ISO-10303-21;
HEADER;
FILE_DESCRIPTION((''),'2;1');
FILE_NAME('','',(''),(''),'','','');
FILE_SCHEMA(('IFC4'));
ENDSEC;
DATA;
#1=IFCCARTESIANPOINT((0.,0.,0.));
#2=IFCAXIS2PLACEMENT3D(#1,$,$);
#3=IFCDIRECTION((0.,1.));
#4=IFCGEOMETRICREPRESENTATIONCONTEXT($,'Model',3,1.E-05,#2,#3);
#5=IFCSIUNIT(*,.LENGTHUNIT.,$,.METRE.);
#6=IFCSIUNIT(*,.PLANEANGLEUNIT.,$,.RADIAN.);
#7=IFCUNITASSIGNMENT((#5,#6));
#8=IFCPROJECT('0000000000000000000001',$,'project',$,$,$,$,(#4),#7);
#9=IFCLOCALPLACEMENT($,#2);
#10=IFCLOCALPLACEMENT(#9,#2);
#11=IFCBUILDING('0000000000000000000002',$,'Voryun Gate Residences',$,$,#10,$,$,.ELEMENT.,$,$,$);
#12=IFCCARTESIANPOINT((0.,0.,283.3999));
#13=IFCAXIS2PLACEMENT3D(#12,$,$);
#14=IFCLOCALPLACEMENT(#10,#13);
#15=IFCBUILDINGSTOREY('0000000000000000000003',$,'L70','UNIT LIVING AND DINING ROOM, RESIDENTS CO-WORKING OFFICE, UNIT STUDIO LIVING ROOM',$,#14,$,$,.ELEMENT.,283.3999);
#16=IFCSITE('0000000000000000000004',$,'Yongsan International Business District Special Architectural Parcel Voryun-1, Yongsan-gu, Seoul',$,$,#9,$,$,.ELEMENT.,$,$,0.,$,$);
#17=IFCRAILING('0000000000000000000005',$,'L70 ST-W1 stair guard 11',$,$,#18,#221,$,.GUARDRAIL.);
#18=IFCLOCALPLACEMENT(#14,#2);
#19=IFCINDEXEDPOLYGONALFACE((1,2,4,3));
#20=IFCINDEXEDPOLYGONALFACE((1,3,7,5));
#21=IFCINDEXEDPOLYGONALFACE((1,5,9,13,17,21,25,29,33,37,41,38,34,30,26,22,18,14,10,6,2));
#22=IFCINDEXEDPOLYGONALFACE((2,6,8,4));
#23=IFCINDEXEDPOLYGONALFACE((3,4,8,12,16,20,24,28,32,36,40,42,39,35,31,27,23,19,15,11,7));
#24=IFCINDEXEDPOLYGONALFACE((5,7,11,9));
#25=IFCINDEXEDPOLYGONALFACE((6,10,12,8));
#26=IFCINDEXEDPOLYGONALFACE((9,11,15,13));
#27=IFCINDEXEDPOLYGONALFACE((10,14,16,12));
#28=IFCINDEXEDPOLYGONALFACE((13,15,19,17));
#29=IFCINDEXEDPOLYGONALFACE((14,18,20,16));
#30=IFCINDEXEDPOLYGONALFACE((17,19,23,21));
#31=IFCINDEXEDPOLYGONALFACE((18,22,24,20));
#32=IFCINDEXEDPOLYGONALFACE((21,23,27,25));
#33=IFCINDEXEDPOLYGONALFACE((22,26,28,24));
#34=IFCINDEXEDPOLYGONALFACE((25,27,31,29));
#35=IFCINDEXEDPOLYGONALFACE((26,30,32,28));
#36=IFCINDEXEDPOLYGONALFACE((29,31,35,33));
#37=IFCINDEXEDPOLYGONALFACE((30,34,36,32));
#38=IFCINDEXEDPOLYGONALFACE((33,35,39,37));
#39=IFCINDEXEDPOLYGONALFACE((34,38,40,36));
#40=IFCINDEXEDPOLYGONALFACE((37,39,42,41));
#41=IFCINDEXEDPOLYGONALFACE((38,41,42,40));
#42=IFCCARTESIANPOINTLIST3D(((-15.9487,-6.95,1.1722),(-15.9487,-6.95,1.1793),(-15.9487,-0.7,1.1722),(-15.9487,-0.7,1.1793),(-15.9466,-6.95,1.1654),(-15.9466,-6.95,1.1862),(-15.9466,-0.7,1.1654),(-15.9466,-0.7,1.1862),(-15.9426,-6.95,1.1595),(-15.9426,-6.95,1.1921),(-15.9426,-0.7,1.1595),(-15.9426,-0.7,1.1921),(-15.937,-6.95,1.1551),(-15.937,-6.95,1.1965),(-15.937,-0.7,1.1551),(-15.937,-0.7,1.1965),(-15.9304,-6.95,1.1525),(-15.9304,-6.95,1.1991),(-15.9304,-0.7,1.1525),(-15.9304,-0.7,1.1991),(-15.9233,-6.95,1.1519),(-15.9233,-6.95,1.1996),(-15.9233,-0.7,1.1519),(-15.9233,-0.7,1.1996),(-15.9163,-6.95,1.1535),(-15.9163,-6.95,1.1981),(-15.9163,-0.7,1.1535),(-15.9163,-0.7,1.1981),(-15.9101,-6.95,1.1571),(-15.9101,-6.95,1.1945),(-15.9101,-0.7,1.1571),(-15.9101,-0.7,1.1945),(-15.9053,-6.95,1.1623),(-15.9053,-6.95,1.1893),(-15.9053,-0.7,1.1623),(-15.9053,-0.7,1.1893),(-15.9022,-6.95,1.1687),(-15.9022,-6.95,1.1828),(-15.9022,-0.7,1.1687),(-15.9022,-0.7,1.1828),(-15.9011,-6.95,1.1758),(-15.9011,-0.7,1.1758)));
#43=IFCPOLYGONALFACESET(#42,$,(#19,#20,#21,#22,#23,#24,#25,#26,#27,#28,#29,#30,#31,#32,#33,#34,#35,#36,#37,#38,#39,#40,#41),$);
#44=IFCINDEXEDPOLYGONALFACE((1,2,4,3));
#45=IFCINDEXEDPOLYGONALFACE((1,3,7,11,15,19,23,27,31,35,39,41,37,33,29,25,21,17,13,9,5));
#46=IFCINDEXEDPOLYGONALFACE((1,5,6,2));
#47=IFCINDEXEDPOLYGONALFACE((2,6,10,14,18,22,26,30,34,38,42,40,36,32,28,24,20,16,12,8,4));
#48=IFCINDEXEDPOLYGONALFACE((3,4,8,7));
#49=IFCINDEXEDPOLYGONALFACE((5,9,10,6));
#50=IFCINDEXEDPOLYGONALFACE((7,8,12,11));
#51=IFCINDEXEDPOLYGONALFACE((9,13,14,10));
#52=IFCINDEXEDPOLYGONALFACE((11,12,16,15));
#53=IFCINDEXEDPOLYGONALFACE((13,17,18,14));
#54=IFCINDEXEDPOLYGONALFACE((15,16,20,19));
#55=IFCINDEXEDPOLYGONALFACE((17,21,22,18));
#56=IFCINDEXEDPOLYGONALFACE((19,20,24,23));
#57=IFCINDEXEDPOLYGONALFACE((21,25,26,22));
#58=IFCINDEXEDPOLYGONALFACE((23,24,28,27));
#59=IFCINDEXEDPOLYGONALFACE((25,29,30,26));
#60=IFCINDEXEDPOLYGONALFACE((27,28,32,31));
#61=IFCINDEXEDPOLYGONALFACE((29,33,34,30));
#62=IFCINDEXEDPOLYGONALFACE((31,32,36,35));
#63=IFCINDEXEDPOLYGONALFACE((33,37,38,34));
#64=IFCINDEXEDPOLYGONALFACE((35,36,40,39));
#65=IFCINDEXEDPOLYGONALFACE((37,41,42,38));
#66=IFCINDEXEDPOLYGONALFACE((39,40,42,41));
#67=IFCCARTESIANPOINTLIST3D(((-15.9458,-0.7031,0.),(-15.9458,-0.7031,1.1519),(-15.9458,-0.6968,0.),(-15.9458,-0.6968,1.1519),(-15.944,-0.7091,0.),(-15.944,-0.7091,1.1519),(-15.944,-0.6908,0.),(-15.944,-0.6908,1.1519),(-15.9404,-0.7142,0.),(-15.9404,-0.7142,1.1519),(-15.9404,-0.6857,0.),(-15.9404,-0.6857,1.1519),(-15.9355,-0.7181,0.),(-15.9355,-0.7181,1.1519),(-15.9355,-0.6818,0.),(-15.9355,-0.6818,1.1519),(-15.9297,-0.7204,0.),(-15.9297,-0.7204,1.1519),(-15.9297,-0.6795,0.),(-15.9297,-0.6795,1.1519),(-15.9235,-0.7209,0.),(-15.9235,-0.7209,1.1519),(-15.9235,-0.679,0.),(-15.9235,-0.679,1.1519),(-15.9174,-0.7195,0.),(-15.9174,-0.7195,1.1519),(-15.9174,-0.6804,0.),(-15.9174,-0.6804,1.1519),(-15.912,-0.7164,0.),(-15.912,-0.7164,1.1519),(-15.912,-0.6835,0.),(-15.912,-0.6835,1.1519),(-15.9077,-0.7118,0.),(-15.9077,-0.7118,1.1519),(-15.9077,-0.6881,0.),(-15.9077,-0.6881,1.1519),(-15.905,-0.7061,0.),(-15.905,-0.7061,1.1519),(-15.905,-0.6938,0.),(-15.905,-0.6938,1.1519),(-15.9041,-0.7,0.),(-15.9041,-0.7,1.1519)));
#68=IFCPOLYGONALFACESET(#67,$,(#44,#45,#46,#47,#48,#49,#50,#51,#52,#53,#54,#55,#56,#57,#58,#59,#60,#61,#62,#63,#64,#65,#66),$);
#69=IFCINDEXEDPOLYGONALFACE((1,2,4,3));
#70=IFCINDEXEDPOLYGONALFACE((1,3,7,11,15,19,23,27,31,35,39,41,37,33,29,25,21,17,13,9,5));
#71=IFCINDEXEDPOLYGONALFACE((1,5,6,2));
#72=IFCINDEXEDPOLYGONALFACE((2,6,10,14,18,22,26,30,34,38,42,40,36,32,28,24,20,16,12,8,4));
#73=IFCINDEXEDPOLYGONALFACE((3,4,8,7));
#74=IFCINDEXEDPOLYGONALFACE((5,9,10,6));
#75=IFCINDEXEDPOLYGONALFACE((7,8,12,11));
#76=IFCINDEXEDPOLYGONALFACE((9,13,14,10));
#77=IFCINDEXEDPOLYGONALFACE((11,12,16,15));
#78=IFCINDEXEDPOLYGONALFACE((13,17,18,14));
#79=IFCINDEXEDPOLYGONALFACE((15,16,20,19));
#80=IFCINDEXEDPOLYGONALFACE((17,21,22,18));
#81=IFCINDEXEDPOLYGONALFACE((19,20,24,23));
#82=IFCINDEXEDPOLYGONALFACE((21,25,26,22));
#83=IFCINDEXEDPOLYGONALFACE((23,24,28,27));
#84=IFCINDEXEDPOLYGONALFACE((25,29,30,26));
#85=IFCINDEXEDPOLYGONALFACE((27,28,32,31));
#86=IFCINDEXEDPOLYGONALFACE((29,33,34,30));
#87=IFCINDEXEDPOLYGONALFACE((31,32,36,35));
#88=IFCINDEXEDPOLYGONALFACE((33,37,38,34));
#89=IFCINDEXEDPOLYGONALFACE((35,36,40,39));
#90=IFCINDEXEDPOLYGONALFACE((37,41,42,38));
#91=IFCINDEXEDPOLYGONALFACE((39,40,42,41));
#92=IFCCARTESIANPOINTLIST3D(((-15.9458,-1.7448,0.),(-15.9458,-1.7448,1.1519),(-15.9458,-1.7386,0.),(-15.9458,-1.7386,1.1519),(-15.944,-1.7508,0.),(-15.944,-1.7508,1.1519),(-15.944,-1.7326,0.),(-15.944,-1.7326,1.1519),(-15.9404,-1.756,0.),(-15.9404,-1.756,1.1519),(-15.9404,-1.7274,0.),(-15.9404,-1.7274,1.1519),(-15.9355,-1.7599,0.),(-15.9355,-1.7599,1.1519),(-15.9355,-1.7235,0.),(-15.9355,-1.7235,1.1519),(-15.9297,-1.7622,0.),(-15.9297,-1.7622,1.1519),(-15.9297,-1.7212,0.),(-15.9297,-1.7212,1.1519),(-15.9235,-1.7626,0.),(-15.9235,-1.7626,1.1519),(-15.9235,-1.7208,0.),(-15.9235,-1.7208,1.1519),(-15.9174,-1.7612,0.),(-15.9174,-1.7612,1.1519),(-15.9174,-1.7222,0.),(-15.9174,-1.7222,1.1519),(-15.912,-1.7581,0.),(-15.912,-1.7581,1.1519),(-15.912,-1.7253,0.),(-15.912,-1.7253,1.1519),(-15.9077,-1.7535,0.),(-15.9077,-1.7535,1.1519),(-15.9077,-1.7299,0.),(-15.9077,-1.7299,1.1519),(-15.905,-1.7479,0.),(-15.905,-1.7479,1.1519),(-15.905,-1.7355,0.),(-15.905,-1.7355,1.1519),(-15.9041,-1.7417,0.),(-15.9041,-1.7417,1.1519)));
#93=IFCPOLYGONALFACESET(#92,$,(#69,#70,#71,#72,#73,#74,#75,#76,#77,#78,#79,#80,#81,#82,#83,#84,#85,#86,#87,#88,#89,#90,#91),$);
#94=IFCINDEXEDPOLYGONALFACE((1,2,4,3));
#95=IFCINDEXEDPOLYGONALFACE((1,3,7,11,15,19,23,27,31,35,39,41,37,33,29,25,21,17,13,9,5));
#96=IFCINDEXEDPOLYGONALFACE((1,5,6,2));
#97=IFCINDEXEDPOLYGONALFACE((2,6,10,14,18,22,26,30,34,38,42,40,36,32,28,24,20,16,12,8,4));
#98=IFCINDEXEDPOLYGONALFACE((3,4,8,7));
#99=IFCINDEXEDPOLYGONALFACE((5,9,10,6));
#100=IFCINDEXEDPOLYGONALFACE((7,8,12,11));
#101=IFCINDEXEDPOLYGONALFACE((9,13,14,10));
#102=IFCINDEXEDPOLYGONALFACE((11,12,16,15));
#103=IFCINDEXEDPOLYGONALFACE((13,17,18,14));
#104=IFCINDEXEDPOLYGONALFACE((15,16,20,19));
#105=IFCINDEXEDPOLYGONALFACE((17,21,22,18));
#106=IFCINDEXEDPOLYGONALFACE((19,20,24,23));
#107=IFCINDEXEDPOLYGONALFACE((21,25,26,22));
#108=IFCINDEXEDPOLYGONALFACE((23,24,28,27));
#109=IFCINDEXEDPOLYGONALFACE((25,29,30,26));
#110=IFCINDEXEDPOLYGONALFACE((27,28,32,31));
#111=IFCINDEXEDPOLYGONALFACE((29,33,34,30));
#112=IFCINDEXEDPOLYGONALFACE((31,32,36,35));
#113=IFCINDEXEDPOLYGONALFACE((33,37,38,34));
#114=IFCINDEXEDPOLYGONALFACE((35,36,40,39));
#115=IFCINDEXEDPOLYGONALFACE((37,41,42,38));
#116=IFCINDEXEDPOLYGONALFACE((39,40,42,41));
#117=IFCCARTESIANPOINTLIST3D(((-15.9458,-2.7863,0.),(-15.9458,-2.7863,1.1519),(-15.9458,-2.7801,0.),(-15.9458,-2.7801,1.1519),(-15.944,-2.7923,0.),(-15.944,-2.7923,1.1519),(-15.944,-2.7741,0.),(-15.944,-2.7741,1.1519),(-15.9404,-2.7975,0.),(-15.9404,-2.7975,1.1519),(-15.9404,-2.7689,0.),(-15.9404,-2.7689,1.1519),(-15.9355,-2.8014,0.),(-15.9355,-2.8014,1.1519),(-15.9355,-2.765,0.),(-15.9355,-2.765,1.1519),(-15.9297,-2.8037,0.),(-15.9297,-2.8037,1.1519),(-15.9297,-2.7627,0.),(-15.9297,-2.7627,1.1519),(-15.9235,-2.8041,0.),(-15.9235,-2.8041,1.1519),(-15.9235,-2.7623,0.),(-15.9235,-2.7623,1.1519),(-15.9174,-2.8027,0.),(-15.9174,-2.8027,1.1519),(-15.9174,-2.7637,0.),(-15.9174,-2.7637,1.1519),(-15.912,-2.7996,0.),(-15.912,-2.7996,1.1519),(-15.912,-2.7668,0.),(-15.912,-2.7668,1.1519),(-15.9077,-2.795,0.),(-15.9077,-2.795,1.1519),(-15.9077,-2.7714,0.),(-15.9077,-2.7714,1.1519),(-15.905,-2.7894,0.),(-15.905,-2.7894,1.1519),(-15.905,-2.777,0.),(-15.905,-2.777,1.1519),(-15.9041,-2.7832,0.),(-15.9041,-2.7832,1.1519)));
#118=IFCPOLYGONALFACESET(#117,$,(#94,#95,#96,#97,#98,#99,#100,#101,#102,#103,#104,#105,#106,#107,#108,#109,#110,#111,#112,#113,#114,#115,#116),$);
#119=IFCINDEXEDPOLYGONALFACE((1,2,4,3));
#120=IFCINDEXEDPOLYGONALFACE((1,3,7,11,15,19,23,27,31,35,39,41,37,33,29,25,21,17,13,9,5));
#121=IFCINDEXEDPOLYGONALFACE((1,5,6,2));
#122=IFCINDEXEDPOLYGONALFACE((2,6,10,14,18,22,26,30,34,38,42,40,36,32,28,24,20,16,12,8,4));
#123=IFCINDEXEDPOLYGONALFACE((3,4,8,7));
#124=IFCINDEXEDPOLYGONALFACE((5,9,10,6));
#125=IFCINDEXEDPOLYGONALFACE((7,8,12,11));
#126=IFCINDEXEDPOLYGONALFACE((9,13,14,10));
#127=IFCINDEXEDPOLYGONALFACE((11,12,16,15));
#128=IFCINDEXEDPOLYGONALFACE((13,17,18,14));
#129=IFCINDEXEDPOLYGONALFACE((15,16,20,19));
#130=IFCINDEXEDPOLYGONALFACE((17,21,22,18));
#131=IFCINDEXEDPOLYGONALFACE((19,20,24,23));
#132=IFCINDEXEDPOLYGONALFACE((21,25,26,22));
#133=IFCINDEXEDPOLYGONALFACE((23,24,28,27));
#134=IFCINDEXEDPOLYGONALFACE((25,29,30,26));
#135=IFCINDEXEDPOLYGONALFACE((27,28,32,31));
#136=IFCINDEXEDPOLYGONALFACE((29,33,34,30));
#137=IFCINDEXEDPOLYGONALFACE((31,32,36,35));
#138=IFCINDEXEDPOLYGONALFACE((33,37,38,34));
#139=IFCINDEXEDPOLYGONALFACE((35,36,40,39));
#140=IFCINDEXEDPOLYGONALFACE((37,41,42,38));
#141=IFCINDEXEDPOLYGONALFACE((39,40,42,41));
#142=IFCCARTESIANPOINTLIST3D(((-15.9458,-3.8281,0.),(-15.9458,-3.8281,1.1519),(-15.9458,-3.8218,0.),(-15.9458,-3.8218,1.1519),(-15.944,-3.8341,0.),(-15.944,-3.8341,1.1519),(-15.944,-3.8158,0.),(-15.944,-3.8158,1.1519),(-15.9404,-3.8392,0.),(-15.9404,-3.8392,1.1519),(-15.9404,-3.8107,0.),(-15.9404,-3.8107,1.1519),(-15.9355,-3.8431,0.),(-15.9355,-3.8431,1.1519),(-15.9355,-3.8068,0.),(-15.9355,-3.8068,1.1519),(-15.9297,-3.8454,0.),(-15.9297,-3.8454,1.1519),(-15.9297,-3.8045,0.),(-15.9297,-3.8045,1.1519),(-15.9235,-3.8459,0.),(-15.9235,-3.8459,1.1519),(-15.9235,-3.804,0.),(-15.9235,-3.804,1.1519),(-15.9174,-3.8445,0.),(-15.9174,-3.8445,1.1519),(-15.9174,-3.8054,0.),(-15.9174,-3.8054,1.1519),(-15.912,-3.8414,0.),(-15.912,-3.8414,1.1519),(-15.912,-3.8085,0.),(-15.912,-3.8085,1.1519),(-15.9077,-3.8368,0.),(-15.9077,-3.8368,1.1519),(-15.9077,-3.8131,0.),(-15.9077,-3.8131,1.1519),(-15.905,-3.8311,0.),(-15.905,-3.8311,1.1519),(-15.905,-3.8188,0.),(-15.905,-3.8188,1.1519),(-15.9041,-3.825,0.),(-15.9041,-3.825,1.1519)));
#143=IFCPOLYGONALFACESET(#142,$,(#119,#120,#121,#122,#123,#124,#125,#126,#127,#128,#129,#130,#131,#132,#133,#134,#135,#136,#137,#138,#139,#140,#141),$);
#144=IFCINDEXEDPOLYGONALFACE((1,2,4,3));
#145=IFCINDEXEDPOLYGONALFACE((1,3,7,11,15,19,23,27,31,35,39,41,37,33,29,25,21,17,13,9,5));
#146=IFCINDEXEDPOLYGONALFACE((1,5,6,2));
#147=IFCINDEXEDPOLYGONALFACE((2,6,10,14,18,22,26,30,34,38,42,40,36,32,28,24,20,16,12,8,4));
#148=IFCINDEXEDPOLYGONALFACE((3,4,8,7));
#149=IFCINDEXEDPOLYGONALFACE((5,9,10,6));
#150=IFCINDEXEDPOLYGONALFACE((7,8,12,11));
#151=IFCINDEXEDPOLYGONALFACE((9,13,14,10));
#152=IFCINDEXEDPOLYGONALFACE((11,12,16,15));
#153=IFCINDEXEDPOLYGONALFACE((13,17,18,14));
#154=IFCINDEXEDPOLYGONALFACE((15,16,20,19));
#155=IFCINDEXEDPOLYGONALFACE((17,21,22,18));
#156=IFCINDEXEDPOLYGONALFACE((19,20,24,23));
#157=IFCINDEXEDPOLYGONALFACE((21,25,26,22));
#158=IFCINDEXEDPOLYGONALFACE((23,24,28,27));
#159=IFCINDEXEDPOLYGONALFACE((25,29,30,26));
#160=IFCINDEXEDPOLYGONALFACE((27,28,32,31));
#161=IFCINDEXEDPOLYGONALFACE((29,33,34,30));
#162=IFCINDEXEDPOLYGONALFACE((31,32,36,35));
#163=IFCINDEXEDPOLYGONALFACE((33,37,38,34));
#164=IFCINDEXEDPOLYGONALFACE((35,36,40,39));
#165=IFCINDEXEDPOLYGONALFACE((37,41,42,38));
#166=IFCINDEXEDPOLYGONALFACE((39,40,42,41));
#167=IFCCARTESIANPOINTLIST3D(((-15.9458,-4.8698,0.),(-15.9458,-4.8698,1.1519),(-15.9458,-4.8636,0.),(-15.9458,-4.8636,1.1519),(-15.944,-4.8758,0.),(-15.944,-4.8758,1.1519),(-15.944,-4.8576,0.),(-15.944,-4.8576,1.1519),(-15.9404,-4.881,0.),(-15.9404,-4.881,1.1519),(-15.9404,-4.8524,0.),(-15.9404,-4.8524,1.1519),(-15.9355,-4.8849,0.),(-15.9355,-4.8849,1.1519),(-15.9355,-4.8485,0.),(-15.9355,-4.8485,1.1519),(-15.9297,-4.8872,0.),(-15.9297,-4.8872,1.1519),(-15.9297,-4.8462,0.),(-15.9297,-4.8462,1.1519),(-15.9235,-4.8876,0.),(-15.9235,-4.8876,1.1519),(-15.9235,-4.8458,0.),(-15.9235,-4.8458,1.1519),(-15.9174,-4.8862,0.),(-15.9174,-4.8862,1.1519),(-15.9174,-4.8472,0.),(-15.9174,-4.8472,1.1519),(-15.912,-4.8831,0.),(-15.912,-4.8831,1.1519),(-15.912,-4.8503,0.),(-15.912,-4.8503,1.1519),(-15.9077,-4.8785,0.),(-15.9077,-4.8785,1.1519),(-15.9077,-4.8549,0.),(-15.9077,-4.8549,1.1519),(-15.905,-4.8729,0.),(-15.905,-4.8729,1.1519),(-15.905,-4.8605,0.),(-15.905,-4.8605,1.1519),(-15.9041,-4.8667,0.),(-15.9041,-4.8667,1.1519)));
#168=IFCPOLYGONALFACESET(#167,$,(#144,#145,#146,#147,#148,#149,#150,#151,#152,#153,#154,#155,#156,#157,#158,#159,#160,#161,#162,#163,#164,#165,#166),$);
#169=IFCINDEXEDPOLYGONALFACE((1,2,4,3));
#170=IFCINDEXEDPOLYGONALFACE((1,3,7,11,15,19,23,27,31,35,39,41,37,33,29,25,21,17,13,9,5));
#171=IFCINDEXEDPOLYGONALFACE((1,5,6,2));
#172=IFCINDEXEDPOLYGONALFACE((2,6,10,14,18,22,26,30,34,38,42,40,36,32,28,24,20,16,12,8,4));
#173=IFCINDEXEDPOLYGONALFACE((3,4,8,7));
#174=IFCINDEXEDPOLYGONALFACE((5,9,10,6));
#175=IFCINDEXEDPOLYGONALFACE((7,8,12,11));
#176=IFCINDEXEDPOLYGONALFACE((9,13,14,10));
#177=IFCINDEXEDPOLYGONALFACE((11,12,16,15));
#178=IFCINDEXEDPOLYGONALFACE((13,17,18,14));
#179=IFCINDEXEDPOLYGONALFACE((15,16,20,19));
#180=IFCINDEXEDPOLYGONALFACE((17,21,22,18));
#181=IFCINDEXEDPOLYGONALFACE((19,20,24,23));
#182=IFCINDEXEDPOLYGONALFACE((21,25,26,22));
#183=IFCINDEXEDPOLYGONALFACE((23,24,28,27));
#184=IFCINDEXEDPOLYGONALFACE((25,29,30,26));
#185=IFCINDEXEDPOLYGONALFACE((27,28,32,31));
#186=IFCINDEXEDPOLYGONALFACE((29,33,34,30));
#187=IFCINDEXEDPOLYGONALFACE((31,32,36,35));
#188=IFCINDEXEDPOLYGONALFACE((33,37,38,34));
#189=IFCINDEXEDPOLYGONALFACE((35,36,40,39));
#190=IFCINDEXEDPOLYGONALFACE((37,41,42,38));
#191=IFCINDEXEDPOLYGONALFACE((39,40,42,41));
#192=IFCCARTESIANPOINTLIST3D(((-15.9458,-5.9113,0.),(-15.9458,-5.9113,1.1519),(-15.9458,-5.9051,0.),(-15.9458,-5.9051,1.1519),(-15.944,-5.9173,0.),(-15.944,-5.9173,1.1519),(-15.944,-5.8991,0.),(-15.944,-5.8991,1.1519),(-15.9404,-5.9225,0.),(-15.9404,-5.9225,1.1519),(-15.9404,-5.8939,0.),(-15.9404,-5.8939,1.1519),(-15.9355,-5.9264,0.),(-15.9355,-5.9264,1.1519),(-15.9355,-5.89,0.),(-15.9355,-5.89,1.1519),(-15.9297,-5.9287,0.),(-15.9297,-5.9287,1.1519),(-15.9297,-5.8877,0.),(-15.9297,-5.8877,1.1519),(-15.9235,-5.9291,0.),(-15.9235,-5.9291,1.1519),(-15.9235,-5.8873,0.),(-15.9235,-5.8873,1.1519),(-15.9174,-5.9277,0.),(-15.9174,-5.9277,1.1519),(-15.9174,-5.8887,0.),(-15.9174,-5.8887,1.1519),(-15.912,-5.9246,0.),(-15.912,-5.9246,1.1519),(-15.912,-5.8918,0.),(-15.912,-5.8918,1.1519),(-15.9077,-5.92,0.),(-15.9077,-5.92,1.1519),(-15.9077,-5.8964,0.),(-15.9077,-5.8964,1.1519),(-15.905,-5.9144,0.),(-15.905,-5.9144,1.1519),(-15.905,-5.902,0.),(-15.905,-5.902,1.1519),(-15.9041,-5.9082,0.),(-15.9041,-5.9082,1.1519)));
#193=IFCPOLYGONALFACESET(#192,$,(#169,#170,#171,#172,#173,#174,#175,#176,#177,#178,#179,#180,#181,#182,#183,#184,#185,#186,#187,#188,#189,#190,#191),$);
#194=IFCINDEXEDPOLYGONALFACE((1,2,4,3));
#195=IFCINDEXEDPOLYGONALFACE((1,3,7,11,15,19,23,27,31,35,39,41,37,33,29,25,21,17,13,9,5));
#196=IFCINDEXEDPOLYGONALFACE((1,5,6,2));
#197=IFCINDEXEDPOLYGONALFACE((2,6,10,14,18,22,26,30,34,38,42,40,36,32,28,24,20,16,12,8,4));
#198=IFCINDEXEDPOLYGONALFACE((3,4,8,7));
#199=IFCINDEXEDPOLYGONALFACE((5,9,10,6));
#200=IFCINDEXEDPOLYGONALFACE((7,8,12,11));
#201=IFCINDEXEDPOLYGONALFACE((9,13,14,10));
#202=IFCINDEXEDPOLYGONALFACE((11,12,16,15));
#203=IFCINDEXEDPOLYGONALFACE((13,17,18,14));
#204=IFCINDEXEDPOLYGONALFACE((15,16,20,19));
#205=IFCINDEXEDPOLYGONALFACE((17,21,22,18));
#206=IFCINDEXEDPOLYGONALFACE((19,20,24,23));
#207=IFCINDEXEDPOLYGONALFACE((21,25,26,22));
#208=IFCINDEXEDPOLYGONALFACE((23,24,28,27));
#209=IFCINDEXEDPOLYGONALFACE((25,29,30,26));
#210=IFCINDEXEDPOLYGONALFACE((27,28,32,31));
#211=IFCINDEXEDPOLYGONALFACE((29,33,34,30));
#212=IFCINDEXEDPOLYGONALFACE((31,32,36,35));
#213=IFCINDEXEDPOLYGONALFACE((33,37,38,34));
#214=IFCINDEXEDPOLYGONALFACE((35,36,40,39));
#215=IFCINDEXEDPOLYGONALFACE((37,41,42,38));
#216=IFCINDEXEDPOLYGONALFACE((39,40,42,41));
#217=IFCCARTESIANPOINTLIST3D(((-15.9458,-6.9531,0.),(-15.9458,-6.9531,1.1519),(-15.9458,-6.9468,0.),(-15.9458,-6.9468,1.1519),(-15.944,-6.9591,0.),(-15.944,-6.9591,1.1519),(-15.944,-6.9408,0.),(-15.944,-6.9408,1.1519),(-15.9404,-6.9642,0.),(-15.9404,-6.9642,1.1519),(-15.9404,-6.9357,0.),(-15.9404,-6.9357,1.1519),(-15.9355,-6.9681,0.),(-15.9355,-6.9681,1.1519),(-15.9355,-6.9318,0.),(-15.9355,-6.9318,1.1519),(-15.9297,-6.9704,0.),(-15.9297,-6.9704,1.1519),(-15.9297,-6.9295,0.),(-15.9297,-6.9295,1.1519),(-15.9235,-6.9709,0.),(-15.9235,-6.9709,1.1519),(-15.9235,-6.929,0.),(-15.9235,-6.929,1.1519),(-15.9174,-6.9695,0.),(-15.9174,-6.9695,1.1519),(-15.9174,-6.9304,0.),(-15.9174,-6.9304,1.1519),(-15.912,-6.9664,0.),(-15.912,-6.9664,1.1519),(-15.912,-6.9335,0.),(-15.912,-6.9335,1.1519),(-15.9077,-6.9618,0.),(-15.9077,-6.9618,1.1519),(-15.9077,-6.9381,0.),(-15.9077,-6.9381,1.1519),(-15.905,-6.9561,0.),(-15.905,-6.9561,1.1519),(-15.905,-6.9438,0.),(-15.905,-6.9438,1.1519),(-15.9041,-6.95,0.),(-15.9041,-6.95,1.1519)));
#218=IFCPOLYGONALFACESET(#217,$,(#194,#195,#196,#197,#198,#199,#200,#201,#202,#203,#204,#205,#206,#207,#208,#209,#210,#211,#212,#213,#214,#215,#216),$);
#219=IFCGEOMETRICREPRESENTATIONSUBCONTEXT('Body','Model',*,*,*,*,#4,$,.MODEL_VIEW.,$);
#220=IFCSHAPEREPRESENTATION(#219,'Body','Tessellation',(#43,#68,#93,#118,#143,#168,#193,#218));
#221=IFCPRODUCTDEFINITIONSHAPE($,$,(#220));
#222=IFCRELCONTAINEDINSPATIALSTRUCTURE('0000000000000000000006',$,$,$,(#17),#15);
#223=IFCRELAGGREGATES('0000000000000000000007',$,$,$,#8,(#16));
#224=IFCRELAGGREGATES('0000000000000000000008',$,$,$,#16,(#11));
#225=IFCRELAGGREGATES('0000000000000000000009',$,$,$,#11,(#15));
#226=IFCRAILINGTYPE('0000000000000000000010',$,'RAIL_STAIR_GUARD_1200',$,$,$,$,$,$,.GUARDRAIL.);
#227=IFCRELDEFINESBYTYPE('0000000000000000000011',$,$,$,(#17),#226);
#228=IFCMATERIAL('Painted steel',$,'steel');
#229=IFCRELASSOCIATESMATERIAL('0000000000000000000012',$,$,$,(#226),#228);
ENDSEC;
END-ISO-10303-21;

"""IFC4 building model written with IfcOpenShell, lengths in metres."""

from ifc_helpers import new_model, si_unit, direction, frame, origin, origin_2d, place, context, subcontext, project, spatial, circle, extrude, material, type_object, element, save


model = new_model("IFC4")

# Units and contexts
model_context = context("Model", 3, precision=1e-05, world=origin(), true_north=direction((0.0, 1.0)))
body_context = subcontext(model_context, "Body", "Model", "MODEL_VIEW")
ifc_project = project(units=[si_unit("LENGTHUNIT", "METRE"), si_unit("PLANEANGLEUNIT", "RADIAN")], contexts=[model_context])

# Site, building, storey
site_placement = place(None, origin())
site = spatial("IfcSite", under=ifc_project, at=site_placement, Name="Yongsan International Business District Special Architectural Parcel Voryun-1, Yongsan-gu, Seoul", CompositionType="ELEMENT", RefElevation=0.0)
building_placement = place(site_placement, origin())
building = spatial("IfcBuilding", under=site, at=building_placement, Name="Voryun Gate Residences", CompositionType="ELEMENT")
storey_placement = place(building_placement, frame((0.0, 0.0, 283.3999)))
storey = spatial("IfcBuildingStorey", under=building, at=storey_placement, Name="L70", Description="UNIT LIVING AND DINING ROOM, RESIDENTS CO-WORKING OFFICE, UNIT STUDIO LIVING ROOM", CompositionType="ELEMENT", Elevation=283.3999)

# Railing
ifc_material_1 = material(Name="Painted steel", Category="steel")
railing_type = type_object("IfcRailingType", Name="RAIL_STAIR_GUARD_1200", PredefinedType="GUARDRAIL", material=ifc_material_1)
railing_placement = place(storey_placement, frame((-15.925, -0.7, 0.0)))
element("IfcRailing", 1, at=railing_placement, inside=storey, type_object=railing_type, Name="L70 ST-W1 stair guard 11", PredefinedType="GUARDRAIL", context=body_context, shape_type="SweptSolid", body=[
    extrude(circle(Radius=0.0239, at=origin_2d()), frame((0.0, 0.0, 1.1758), z_axis=(0.0, -1.0, 0.0), x_axis=(1.0, 0.0, 0.0)), (0.0, 0.0, 1.0), 6.25),
    extrude(circle(Radius=0.021, at=origin_2d()), origin(), (0.0, 0.0, 1.0), 1.1519),
    extrude(circle(Radius=0.021, at=origin_2d()), frame((0.0, -1.0417, 0.0)), (0.0, 0.0, 1.0), 1.1519),
    extrude(circle(Radius=0.021, at=origin_2d()), frame((0.0, -2.0833, 0.0)), (0.0, 0.0, 1.0), 1.1519),
    extrude(circle(Radius=0.021, at=origin_2d()), frame((0.0, -3.125, 0.0)), (0.0, 0.0, 1.0), 1.1519),
    extrude(circle(Radius=0.021, at=origin_2d()), frame((0.0, -4.1667, 0.0)), (0.0, 0.0, 1.0), 1.1519),
    extrude(circle(Radius=0.021, at=origin_2d()), frame((0.0, -5.2083, 0.0)), (0.0, 0.0, 1.0), 1.1519),
    extrude(circle(Radius=0.021, at=origin_2d()), frame((0.0, -6.25, 0.0)), (0.0, 0.0, 1.0), 1.1519),
])

save(model, "model.ifc")
